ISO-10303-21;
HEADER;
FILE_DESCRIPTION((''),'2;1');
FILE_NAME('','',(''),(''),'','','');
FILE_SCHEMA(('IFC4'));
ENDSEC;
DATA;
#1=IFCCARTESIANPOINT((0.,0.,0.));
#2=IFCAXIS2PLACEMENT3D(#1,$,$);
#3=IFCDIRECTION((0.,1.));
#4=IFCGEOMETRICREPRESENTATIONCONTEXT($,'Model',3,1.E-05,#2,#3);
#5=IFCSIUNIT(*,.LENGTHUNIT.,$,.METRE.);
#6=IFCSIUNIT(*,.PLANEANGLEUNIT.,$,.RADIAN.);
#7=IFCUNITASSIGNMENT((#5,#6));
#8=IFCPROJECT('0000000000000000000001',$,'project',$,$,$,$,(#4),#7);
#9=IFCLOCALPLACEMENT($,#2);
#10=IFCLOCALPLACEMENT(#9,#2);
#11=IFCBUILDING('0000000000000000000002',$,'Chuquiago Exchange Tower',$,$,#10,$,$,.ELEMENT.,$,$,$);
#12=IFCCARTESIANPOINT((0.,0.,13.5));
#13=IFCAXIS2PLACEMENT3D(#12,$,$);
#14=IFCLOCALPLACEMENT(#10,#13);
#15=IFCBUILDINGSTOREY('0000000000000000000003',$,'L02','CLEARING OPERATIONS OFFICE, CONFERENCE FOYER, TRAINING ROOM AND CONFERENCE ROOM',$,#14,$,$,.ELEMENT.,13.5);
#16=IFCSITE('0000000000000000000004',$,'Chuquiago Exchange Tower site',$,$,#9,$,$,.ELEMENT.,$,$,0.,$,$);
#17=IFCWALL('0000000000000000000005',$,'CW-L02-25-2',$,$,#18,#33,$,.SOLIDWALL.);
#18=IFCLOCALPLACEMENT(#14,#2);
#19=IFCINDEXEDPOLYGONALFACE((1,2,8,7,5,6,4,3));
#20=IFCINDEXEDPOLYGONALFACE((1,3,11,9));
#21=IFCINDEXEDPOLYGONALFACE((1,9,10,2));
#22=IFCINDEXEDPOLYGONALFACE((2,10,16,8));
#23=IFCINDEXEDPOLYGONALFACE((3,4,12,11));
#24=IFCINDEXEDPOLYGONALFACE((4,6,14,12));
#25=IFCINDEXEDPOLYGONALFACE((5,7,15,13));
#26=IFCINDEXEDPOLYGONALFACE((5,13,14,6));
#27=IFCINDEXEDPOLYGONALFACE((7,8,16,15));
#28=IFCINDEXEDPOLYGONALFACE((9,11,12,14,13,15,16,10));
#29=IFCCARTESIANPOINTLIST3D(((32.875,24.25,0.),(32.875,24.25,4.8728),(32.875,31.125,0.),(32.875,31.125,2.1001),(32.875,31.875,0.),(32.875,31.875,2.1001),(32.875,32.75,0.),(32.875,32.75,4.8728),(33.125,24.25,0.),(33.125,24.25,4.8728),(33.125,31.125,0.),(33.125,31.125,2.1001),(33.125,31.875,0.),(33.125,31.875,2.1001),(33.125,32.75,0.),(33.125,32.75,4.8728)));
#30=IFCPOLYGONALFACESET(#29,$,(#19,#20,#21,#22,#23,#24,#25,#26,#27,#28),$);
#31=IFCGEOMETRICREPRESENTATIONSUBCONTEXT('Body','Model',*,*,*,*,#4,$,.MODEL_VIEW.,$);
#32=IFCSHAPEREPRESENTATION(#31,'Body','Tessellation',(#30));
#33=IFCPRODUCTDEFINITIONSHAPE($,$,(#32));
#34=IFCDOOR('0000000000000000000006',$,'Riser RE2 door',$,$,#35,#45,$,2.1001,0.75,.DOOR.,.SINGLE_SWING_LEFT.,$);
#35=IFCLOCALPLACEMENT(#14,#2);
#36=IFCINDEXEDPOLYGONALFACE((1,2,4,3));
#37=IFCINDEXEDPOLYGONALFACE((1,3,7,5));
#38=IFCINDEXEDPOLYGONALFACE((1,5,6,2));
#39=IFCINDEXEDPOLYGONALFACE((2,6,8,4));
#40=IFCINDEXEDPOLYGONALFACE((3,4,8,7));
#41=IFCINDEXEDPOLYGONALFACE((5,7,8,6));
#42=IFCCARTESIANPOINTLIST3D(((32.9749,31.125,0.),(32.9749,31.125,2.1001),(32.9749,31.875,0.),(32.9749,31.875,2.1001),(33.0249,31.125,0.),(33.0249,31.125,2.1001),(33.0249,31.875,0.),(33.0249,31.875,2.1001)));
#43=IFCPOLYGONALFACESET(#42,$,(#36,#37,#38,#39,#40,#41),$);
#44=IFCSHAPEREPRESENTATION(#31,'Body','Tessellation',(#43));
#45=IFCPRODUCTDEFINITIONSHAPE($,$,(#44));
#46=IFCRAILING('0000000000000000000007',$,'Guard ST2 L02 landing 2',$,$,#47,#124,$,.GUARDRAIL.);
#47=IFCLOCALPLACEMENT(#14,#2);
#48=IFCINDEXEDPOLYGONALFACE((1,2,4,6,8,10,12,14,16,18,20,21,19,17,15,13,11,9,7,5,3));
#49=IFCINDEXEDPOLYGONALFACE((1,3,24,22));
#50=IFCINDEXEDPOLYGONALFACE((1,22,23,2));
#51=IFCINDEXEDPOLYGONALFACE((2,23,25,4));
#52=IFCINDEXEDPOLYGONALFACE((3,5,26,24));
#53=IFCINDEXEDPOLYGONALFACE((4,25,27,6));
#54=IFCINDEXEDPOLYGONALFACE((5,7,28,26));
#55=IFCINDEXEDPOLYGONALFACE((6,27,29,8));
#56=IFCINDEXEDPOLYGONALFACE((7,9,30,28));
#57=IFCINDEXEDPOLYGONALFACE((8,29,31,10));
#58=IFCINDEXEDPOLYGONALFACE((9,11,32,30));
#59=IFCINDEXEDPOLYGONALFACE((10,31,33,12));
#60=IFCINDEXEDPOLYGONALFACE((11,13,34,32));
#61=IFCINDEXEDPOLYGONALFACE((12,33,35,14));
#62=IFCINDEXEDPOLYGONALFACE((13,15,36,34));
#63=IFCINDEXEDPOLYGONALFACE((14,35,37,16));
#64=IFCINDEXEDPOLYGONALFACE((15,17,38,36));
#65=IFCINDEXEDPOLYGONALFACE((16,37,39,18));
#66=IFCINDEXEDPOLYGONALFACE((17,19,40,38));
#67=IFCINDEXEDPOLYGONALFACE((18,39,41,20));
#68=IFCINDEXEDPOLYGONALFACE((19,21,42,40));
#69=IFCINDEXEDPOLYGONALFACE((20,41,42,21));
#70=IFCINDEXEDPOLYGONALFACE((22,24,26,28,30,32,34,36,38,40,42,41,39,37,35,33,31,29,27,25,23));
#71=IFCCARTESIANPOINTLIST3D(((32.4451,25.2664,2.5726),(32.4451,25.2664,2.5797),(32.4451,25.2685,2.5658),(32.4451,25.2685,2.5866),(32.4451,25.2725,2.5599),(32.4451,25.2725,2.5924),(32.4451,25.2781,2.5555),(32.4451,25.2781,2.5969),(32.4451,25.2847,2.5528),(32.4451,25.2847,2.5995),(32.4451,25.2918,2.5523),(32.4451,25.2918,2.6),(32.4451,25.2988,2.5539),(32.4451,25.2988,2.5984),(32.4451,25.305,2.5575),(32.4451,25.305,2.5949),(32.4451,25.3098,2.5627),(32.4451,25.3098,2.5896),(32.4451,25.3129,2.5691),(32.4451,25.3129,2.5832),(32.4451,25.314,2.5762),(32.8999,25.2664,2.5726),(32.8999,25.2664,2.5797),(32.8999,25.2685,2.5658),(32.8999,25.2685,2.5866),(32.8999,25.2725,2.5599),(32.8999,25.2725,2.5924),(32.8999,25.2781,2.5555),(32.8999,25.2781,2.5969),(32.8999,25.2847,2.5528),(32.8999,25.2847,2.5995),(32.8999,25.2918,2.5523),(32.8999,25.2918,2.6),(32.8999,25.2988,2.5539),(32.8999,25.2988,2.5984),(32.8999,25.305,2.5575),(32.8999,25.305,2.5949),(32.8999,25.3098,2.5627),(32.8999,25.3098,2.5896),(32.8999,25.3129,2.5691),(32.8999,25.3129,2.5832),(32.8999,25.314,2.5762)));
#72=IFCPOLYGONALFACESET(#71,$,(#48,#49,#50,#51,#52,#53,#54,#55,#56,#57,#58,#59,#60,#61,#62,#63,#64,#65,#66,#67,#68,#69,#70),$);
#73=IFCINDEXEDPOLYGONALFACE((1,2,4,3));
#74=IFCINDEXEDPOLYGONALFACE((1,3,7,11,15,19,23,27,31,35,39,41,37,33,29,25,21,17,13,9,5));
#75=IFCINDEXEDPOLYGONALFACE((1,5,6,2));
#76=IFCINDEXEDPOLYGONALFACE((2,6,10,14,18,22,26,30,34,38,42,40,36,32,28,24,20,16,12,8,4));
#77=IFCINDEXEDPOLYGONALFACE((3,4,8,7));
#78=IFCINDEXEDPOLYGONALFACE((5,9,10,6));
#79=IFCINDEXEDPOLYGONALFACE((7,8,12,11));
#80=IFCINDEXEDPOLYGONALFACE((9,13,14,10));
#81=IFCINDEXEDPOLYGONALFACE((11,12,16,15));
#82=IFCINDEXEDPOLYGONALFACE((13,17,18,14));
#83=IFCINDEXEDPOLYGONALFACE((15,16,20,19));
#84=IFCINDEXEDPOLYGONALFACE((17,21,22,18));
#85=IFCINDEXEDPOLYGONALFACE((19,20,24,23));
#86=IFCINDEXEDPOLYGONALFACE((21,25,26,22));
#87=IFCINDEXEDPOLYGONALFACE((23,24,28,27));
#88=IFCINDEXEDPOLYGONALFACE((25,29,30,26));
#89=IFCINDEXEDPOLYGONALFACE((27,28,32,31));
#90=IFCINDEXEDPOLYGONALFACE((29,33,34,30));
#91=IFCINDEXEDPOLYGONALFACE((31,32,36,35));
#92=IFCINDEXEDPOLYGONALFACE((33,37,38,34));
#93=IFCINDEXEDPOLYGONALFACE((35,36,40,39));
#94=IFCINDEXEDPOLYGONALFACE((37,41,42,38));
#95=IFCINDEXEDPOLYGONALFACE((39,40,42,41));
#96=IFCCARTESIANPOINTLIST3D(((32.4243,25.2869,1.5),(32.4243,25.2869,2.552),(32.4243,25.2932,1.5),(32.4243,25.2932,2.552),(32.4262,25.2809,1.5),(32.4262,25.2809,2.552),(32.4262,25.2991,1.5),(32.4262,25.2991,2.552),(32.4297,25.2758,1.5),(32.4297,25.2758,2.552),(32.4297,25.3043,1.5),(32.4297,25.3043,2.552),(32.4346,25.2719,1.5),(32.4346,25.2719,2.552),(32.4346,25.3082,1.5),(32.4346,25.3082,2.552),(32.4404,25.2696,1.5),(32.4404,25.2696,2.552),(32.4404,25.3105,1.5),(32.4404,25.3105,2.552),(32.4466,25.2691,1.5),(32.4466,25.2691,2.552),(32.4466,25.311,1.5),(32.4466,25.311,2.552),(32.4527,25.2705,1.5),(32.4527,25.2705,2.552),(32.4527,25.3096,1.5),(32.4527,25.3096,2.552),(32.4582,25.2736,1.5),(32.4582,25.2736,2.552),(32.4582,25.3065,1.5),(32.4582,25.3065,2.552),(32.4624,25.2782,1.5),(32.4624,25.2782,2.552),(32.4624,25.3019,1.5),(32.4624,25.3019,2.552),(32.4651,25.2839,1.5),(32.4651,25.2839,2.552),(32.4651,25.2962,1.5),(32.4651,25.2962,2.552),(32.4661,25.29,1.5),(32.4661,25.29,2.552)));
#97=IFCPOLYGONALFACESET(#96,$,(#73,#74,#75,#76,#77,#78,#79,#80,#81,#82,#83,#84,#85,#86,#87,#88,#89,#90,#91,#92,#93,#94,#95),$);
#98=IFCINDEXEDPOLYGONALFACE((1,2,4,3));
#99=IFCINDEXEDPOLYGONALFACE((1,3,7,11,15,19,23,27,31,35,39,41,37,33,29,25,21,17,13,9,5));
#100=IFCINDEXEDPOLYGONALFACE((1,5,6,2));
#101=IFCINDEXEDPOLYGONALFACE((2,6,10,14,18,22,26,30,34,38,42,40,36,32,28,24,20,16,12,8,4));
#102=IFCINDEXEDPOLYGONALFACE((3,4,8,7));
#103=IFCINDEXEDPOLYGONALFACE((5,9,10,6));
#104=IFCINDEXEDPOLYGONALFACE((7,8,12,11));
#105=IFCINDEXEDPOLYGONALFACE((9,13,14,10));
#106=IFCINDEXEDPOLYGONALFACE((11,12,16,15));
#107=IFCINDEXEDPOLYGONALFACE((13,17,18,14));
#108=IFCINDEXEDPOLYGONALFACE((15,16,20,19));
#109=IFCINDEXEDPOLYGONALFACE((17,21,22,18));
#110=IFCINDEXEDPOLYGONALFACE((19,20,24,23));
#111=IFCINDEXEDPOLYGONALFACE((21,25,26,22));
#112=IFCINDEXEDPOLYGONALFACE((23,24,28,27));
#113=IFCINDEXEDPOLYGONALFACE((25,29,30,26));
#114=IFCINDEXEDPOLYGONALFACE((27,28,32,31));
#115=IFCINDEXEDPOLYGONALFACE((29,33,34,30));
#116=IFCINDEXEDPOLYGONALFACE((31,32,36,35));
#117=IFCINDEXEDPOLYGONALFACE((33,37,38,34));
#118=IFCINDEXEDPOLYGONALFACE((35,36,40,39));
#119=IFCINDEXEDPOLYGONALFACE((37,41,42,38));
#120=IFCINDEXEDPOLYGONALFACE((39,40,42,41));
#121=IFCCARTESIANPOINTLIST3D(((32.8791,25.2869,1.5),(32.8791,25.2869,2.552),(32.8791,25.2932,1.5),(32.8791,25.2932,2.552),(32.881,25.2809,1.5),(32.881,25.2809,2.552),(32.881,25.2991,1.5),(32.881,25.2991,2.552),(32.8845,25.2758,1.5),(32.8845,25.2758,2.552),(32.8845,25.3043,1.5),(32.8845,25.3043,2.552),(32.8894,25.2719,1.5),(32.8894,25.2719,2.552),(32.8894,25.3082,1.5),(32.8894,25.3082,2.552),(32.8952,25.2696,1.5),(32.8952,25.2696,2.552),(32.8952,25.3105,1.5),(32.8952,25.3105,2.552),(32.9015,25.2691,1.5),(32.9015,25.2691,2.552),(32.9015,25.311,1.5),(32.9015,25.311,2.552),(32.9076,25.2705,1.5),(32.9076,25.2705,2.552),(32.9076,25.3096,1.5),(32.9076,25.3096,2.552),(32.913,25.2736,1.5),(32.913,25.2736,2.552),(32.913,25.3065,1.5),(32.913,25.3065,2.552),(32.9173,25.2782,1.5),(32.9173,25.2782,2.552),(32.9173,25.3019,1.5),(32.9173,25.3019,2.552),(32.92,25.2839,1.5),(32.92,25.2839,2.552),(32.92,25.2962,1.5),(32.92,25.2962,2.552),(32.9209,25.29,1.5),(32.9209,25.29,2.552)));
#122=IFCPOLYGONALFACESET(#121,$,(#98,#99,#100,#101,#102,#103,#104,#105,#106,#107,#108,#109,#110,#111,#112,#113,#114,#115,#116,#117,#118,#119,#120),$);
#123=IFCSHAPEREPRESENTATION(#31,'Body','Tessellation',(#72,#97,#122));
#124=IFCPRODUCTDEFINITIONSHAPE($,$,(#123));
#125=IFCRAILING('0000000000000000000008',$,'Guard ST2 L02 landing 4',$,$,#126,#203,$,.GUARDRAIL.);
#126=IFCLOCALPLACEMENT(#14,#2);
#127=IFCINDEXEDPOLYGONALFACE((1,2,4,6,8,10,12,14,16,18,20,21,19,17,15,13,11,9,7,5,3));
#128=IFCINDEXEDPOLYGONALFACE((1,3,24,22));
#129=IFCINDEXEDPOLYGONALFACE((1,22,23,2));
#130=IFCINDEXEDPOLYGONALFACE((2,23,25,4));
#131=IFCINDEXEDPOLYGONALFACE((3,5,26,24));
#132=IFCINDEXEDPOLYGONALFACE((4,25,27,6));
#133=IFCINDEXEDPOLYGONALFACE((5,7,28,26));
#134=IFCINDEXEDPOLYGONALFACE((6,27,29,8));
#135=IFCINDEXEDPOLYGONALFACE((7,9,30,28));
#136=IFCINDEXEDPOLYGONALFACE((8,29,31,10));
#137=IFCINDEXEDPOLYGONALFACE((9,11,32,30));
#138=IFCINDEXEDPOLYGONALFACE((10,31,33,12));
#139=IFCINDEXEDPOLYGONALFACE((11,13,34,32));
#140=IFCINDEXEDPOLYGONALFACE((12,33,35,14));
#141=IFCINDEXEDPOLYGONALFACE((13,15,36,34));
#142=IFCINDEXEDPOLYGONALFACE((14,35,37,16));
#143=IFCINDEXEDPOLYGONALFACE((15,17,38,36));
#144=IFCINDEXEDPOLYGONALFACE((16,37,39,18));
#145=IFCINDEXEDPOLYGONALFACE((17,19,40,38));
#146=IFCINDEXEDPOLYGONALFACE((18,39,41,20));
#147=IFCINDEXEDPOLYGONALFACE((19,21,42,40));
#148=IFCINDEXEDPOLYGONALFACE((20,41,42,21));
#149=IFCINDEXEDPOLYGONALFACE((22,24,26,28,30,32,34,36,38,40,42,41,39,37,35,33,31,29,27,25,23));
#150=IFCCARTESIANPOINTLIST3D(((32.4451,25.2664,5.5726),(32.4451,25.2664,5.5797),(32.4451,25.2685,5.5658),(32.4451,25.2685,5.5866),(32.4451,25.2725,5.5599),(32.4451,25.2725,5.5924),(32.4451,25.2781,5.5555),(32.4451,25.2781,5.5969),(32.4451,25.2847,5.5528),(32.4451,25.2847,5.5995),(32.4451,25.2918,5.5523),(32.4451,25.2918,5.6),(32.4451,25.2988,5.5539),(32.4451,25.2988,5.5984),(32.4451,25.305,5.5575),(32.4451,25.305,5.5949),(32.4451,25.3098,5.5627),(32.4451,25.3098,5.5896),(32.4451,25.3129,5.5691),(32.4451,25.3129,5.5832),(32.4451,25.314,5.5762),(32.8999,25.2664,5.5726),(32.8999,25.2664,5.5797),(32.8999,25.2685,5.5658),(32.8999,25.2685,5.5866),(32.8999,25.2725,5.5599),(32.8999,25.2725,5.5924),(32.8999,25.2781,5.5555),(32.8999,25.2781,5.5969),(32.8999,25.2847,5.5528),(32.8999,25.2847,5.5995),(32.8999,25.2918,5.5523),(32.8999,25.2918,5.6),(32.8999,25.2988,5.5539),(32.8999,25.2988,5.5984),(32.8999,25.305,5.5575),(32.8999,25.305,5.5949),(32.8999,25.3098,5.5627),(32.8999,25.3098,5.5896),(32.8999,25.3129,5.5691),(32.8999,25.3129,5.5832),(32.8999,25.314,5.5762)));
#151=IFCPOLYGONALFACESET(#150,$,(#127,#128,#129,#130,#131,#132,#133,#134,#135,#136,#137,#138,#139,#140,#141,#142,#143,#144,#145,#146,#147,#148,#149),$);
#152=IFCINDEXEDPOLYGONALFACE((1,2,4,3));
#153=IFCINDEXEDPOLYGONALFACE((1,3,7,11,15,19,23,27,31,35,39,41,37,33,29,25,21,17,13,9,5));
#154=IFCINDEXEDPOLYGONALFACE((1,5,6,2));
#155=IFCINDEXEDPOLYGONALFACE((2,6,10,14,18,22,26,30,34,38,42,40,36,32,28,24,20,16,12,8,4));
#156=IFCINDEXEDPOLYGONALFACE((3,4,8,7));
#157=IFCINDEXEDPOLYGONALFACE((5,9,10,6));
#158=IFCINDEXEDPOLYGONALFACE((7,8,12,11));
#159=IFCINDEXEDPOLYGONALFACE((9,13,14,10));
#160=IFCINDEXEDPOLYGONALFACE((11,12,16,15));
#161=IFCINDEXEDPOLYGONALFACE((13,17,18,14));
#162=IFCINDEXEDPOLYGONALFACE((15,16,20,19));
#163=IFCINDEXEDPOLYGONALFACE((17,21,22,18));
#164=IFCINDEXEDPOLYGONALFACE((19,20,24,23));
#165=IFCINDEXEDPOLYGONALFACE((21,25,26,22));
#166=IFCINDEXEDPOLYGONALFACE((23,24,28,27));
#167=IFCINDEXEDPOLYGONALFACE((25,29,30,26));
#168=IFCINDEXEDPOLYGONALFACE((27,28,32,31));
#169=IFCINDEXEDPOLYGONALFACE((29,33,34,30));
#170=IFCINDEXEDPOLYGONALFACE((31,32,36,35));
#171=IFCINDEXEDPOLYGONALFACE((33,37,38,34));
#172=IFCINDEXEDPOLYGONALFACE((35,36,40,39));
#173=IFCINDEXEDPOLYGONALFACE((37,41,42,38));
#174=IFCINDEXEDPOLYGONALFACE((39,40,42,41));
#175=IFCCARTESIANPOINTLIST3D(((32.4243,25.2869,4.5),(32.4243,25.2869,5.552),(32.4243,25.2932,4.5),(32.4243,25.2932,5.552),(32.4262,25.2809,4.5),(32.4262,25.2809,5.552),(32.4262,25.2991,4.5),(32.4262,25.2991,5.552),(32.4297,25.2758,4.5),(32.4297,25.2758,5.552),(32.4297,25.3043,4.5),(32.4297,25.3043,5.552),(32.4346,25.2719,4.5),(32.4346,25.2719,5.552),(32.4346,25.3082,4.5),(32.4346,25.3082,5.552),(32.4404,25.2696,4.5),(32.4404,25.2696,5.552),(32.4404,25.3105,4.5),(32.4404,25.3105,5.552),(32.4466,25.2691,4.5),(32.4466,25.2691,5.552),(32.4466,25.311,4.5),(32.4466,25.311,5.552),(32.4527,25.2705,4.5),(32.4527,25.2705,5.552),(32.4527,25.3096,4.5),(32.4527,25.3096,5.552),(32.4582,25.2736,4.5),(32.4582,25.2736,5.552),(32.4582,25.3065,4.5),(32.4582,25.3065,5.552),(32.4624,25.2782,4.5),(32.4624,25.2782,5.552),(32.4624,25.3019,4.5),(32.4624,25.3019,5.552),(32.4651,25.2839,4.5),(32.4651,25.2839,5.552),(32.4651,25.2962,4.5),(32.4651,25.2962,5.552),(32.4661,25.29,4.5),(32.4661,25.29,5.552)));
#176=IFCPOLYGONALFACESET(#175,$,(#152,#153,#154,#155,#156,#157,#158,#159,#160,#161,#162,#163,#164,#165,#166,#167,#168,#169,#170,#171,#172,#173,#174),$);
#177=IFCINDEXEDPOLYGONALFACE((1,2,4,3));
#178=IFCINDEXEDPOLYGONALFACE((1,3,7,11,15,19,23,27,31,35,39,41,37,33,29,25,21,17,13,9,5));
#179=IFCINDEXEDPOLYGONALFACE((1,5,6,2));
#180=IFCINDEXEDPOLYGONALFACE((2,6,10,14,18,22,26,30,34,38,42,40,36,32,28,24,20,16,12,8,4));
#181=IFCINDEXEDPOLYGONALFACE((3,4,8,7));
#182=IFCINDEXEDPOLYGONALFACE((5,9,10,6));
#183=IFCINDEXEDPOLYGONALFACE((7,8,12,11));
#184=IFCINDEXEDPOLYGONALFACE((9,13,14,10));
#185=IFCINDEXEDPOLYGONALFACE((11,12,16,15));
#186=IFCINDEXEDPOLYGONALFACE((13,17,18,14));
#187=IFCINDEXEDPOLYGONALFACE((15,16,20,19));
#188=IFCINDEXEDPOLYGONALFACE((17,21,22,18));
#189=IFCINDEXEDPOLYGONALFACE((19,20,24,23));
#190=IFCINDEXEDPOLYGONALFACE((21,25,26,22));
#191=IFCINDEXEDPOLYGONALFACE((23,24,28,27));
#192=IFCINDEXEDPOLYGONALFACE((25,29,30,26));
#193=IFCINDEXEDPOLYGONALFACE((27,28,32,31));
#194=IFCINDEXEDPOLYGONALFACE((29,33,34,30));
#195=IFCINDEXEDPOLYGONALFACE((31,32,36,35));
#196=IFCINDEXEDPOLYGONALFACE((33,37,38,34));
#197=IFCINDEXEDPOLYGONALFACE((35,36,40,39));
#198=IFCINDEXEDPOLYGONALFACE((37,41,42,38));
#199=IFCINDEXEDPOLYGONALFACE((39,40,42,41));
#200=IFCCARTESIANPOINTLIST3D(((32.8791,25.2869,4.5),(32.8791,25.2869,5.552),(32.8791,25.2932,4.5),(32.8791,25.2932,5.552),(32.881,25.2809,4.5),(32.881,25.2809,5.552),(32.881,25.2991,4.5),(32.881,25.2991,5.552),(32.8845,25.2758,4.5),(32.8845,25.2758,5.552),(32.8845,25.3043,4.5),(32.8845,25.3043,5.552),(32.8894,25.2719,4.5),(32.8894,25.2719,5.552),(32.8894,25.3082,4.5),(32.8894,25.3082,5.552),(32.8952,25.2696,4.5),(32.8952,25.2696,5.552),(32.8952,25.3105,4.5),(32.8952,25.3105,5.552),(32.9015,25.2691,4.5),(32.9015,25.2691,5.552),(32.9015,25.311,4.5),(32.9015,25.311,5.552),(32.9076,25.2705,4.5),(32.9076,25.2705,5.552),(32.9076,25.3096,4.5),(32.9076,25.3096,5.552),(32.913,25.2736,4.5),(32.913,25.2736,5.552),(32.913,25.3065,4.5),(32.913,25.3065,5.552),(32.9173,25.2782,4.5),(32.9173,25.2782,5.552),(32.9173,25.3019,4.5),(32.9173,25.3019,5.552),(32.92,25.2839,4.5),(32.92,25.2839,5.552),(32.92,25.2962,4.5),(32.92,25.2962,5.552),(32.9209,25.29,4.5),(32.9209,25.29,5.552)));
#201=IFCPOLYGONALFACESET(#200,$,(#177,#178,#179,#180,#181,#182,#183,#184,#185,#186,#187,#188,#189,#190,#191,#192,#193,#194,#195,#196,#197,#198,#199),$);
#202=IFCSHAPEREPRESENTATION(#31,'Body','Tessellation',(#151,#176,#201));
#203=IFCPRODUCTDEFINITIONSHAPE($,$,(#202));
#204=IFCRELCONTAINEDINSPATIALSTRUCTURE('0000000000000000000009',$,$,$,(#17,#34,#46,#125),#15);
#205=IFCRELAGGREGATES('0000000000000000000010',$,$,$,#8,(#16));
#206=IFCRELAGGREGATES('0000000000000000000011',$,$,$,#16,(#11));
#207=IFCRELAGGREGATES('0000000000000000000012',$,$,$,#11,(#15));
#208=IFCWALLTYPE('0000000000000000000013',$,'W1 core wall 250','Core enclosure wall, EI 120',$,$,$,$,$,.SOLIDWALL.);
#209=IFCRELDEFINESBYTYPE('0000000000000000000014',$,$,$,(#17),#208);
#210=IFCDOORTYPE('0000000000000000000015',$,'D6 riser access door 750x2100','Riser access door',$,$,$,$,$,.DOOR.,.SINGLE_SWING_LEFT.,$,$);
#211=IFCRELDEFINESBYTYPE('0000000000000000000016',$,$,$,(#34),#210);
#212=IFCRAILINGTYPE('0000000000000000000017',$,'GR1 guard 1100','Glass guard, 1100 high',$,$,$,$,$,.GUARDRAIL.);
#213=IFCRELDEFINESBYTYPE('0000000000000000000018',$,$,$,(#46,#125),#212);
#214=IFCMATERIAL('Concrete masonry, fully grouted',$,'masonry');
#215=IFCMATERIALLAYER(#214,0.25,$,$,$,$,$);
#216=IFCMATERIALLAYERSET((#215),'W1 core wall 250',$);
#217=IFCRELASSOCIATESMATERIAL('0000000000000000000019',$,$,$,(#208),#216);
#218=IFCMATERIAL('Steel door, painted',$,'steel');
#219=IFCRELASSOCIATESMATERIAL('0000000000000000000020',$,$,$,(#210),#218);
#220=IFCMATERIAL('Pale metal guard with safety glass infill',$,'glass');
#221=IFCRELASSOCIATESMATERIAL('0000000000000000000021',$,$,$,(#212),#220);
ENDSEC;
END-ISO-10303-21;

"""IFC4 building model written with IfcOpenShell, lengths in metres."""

from ifc_helpers import new_model, si_unit, direction, frame, frame_2d, origin, origin_2d, place, context, subcontext, project, spatial, rectangle, circle, extrude, material, layer, layer_set, type_object, element, fill, save


model = new_model("IFC4")

# Units and contexts
model_context = context("Model", 3, precision=1e-05, world=origin(), true_north=direction((0.0, 1.0)))
body_context = subcontext(model_context, "Body", "Model", "MODEL_VIEW")
ifc_project = project(units=[si_unit("LENGTHUNIT", "METRE"), si_unit("PLANEANGLEUNIT", "RADIAN")], contexts=[model_context])

# Site, building, storey
site_placement = place(None, origin())
site = spatial("IfcSite", under=ifc_project, at=site_placement, Name="Chuquiago Exchange Tower site", CompositionType="ELEMENT", RefElevation=0.0)
building_placement = place(site_placement, origin())
building = spatial("IfcBuilding", under=site, at=building_placement, Name="Chuquiago Exchange Tower", CompositionType="ELEMENT")
storey_placement = place(building_placement, frame((0.0, 0.0, 13.5)))
storey = spatial("IfcBuildingStorey", under=building, at=storey_placement, Name="L02", Description="CLEARING OPERATIONS OFFICE, CONFERENCE FOYER, TRAINING ROOM AND CONFERENCE ROOM", CompositionType="ELEMENT", Elevation=13.5)

# Shared definitions
ifc_material_1 = material(Name="Concrete masonry, fully grouted", Category="masonry")
ifc_layer = layer(ifc_material_1, 0.25)
ifc_layer_set = layer_set([ifc_layer], Name="W1 core wall 250")
wall_type = type_object("IfcWallType", Name="W1 core wall 250", Description="Core enclosure wall, EI 120", PredefinedType="SOLIDWALL", material=ifc_layer_set)

# Wall, opening, door
wall_1_placement = place(storey_placement, frame((33.0, 24.25, 0.0), z_axis=(0.0, 0.0, 1.0), x_axis=(0.0, 1.0, 0.0)))
wall_1 = element("IfcWall", 1, at=wall_1_placement, inside=storey, type_object=wall_type, Name="CW-L02-25-2", PredefinedType="SOLIDWALL", context=body_context, shape_type="SweptSolid", body=[
    extrude(rectangle(XDim=8.5, YDim=0.25, at=frame_2d((4.25, 0.0))), origin(), (0.0, 0.0, 1.0), 4.8728),
])
opening_placement = place(wall_1_placement, frame((6.875, 0.0, 0.0)))
opening = element("IfcOpeningElement", 2, at=opening_placement, cuts=wall_1, PredefinedType="OPENING", context=body_context, shape_type="SweptSolid", body=[
    extrude(rectangle(XDim=0.75, YDim=2.1001, at=frame_2d((0.375, 1.05))), frame((0.0, 0.135, 0.0), z_axis=(0.0, -1.0, 0.0), x_axis=(1.0, 0.0, 0.0)), (0.0, 0.0, 1.0), 0.27),
])
ifc_material_2 = material(Name="Steel door, painted", Category="steel")
door_type = type_object("IfcDoorType", Name="D6 riser access door 750x2100", Description="Riser access door", OperationType="SINGLE_SWING_LEFT", PredefinedType="DOOR", material=ifc_material_2)
door_placement = place(opening_placement, frame((0.75, 0.0, 0.0), z_axis=(0.0, 0.0, 1.0), x_axis=(-1.0, 0.0, 0.0)))
door = element("IfcDoor", 3, at=door_placement, inside=storey, type_object=door_type, Name="Riser RE2 door", OperationType="SINGLE_SWING_LEFT", OverallHeight=2.1001, OverallWidth=0.75, PredefinedType="DOOR", context=body_context, shape_type="SweptSolid", body=[
    extrude(rectangle(XDim=0.75, YDim=2.1001, at=frame_2d((0.375, 1.05))), frame((0.0, 0.0249, 0.0), z_axis=(0.0, -1.0, 0.0), x_axis=(1.0, 0.0, 0.0)), (0.0, 0.0, 1.0), 0.05),
])
fill(opening, door)

# Railings
ifc_material_3 = material(Name="Pale metal guard with safety glass infill", Category="glass")
railing_type_1 = type_object("IfcRailingType", Name="GR1 guard 1100", Description="Glass guard, 1100 high", PredefinedType="GUARDRAIL", material=ifc_material_3)
for number, where, name in (
    (4, (32.4451, 25.29, 1.5), "Guard ST2 L02 landing 2"),
    (5, (32.4451, 25.29, 4.5), "Guard ST2 L02 landing 4"),
):
    element("IfcRailing", number, at=place(storey_placement, frame(where)), inside=storey, type_object=railing_type_1, Name=name, PredefinedType="GUARDRAIL", context=body_context, shape_type="SweptSolid", body=[
        extrude(circle(Radius=0.0239, at=origin_2d()), frame((0.0, 0.0, 1.0762), z_axis=(1.0, 0.0, 0.0), x_axis=(0.0, 1.0, 0.0)), (0.0, 0.0, 1.0), 0.4548),
        extrude(circle(Radius=0.021, at=origin_2d()), origin(), (0.0, 0.0, 1.0), 1.052),
        extrude(circle(Radius=0.021, at=origin_2d()), frame((0.4548, 0.0, 0.0)), (0.0, 0.0, 1.0), 1.052),
    ])

save(model, "model.ifc")
